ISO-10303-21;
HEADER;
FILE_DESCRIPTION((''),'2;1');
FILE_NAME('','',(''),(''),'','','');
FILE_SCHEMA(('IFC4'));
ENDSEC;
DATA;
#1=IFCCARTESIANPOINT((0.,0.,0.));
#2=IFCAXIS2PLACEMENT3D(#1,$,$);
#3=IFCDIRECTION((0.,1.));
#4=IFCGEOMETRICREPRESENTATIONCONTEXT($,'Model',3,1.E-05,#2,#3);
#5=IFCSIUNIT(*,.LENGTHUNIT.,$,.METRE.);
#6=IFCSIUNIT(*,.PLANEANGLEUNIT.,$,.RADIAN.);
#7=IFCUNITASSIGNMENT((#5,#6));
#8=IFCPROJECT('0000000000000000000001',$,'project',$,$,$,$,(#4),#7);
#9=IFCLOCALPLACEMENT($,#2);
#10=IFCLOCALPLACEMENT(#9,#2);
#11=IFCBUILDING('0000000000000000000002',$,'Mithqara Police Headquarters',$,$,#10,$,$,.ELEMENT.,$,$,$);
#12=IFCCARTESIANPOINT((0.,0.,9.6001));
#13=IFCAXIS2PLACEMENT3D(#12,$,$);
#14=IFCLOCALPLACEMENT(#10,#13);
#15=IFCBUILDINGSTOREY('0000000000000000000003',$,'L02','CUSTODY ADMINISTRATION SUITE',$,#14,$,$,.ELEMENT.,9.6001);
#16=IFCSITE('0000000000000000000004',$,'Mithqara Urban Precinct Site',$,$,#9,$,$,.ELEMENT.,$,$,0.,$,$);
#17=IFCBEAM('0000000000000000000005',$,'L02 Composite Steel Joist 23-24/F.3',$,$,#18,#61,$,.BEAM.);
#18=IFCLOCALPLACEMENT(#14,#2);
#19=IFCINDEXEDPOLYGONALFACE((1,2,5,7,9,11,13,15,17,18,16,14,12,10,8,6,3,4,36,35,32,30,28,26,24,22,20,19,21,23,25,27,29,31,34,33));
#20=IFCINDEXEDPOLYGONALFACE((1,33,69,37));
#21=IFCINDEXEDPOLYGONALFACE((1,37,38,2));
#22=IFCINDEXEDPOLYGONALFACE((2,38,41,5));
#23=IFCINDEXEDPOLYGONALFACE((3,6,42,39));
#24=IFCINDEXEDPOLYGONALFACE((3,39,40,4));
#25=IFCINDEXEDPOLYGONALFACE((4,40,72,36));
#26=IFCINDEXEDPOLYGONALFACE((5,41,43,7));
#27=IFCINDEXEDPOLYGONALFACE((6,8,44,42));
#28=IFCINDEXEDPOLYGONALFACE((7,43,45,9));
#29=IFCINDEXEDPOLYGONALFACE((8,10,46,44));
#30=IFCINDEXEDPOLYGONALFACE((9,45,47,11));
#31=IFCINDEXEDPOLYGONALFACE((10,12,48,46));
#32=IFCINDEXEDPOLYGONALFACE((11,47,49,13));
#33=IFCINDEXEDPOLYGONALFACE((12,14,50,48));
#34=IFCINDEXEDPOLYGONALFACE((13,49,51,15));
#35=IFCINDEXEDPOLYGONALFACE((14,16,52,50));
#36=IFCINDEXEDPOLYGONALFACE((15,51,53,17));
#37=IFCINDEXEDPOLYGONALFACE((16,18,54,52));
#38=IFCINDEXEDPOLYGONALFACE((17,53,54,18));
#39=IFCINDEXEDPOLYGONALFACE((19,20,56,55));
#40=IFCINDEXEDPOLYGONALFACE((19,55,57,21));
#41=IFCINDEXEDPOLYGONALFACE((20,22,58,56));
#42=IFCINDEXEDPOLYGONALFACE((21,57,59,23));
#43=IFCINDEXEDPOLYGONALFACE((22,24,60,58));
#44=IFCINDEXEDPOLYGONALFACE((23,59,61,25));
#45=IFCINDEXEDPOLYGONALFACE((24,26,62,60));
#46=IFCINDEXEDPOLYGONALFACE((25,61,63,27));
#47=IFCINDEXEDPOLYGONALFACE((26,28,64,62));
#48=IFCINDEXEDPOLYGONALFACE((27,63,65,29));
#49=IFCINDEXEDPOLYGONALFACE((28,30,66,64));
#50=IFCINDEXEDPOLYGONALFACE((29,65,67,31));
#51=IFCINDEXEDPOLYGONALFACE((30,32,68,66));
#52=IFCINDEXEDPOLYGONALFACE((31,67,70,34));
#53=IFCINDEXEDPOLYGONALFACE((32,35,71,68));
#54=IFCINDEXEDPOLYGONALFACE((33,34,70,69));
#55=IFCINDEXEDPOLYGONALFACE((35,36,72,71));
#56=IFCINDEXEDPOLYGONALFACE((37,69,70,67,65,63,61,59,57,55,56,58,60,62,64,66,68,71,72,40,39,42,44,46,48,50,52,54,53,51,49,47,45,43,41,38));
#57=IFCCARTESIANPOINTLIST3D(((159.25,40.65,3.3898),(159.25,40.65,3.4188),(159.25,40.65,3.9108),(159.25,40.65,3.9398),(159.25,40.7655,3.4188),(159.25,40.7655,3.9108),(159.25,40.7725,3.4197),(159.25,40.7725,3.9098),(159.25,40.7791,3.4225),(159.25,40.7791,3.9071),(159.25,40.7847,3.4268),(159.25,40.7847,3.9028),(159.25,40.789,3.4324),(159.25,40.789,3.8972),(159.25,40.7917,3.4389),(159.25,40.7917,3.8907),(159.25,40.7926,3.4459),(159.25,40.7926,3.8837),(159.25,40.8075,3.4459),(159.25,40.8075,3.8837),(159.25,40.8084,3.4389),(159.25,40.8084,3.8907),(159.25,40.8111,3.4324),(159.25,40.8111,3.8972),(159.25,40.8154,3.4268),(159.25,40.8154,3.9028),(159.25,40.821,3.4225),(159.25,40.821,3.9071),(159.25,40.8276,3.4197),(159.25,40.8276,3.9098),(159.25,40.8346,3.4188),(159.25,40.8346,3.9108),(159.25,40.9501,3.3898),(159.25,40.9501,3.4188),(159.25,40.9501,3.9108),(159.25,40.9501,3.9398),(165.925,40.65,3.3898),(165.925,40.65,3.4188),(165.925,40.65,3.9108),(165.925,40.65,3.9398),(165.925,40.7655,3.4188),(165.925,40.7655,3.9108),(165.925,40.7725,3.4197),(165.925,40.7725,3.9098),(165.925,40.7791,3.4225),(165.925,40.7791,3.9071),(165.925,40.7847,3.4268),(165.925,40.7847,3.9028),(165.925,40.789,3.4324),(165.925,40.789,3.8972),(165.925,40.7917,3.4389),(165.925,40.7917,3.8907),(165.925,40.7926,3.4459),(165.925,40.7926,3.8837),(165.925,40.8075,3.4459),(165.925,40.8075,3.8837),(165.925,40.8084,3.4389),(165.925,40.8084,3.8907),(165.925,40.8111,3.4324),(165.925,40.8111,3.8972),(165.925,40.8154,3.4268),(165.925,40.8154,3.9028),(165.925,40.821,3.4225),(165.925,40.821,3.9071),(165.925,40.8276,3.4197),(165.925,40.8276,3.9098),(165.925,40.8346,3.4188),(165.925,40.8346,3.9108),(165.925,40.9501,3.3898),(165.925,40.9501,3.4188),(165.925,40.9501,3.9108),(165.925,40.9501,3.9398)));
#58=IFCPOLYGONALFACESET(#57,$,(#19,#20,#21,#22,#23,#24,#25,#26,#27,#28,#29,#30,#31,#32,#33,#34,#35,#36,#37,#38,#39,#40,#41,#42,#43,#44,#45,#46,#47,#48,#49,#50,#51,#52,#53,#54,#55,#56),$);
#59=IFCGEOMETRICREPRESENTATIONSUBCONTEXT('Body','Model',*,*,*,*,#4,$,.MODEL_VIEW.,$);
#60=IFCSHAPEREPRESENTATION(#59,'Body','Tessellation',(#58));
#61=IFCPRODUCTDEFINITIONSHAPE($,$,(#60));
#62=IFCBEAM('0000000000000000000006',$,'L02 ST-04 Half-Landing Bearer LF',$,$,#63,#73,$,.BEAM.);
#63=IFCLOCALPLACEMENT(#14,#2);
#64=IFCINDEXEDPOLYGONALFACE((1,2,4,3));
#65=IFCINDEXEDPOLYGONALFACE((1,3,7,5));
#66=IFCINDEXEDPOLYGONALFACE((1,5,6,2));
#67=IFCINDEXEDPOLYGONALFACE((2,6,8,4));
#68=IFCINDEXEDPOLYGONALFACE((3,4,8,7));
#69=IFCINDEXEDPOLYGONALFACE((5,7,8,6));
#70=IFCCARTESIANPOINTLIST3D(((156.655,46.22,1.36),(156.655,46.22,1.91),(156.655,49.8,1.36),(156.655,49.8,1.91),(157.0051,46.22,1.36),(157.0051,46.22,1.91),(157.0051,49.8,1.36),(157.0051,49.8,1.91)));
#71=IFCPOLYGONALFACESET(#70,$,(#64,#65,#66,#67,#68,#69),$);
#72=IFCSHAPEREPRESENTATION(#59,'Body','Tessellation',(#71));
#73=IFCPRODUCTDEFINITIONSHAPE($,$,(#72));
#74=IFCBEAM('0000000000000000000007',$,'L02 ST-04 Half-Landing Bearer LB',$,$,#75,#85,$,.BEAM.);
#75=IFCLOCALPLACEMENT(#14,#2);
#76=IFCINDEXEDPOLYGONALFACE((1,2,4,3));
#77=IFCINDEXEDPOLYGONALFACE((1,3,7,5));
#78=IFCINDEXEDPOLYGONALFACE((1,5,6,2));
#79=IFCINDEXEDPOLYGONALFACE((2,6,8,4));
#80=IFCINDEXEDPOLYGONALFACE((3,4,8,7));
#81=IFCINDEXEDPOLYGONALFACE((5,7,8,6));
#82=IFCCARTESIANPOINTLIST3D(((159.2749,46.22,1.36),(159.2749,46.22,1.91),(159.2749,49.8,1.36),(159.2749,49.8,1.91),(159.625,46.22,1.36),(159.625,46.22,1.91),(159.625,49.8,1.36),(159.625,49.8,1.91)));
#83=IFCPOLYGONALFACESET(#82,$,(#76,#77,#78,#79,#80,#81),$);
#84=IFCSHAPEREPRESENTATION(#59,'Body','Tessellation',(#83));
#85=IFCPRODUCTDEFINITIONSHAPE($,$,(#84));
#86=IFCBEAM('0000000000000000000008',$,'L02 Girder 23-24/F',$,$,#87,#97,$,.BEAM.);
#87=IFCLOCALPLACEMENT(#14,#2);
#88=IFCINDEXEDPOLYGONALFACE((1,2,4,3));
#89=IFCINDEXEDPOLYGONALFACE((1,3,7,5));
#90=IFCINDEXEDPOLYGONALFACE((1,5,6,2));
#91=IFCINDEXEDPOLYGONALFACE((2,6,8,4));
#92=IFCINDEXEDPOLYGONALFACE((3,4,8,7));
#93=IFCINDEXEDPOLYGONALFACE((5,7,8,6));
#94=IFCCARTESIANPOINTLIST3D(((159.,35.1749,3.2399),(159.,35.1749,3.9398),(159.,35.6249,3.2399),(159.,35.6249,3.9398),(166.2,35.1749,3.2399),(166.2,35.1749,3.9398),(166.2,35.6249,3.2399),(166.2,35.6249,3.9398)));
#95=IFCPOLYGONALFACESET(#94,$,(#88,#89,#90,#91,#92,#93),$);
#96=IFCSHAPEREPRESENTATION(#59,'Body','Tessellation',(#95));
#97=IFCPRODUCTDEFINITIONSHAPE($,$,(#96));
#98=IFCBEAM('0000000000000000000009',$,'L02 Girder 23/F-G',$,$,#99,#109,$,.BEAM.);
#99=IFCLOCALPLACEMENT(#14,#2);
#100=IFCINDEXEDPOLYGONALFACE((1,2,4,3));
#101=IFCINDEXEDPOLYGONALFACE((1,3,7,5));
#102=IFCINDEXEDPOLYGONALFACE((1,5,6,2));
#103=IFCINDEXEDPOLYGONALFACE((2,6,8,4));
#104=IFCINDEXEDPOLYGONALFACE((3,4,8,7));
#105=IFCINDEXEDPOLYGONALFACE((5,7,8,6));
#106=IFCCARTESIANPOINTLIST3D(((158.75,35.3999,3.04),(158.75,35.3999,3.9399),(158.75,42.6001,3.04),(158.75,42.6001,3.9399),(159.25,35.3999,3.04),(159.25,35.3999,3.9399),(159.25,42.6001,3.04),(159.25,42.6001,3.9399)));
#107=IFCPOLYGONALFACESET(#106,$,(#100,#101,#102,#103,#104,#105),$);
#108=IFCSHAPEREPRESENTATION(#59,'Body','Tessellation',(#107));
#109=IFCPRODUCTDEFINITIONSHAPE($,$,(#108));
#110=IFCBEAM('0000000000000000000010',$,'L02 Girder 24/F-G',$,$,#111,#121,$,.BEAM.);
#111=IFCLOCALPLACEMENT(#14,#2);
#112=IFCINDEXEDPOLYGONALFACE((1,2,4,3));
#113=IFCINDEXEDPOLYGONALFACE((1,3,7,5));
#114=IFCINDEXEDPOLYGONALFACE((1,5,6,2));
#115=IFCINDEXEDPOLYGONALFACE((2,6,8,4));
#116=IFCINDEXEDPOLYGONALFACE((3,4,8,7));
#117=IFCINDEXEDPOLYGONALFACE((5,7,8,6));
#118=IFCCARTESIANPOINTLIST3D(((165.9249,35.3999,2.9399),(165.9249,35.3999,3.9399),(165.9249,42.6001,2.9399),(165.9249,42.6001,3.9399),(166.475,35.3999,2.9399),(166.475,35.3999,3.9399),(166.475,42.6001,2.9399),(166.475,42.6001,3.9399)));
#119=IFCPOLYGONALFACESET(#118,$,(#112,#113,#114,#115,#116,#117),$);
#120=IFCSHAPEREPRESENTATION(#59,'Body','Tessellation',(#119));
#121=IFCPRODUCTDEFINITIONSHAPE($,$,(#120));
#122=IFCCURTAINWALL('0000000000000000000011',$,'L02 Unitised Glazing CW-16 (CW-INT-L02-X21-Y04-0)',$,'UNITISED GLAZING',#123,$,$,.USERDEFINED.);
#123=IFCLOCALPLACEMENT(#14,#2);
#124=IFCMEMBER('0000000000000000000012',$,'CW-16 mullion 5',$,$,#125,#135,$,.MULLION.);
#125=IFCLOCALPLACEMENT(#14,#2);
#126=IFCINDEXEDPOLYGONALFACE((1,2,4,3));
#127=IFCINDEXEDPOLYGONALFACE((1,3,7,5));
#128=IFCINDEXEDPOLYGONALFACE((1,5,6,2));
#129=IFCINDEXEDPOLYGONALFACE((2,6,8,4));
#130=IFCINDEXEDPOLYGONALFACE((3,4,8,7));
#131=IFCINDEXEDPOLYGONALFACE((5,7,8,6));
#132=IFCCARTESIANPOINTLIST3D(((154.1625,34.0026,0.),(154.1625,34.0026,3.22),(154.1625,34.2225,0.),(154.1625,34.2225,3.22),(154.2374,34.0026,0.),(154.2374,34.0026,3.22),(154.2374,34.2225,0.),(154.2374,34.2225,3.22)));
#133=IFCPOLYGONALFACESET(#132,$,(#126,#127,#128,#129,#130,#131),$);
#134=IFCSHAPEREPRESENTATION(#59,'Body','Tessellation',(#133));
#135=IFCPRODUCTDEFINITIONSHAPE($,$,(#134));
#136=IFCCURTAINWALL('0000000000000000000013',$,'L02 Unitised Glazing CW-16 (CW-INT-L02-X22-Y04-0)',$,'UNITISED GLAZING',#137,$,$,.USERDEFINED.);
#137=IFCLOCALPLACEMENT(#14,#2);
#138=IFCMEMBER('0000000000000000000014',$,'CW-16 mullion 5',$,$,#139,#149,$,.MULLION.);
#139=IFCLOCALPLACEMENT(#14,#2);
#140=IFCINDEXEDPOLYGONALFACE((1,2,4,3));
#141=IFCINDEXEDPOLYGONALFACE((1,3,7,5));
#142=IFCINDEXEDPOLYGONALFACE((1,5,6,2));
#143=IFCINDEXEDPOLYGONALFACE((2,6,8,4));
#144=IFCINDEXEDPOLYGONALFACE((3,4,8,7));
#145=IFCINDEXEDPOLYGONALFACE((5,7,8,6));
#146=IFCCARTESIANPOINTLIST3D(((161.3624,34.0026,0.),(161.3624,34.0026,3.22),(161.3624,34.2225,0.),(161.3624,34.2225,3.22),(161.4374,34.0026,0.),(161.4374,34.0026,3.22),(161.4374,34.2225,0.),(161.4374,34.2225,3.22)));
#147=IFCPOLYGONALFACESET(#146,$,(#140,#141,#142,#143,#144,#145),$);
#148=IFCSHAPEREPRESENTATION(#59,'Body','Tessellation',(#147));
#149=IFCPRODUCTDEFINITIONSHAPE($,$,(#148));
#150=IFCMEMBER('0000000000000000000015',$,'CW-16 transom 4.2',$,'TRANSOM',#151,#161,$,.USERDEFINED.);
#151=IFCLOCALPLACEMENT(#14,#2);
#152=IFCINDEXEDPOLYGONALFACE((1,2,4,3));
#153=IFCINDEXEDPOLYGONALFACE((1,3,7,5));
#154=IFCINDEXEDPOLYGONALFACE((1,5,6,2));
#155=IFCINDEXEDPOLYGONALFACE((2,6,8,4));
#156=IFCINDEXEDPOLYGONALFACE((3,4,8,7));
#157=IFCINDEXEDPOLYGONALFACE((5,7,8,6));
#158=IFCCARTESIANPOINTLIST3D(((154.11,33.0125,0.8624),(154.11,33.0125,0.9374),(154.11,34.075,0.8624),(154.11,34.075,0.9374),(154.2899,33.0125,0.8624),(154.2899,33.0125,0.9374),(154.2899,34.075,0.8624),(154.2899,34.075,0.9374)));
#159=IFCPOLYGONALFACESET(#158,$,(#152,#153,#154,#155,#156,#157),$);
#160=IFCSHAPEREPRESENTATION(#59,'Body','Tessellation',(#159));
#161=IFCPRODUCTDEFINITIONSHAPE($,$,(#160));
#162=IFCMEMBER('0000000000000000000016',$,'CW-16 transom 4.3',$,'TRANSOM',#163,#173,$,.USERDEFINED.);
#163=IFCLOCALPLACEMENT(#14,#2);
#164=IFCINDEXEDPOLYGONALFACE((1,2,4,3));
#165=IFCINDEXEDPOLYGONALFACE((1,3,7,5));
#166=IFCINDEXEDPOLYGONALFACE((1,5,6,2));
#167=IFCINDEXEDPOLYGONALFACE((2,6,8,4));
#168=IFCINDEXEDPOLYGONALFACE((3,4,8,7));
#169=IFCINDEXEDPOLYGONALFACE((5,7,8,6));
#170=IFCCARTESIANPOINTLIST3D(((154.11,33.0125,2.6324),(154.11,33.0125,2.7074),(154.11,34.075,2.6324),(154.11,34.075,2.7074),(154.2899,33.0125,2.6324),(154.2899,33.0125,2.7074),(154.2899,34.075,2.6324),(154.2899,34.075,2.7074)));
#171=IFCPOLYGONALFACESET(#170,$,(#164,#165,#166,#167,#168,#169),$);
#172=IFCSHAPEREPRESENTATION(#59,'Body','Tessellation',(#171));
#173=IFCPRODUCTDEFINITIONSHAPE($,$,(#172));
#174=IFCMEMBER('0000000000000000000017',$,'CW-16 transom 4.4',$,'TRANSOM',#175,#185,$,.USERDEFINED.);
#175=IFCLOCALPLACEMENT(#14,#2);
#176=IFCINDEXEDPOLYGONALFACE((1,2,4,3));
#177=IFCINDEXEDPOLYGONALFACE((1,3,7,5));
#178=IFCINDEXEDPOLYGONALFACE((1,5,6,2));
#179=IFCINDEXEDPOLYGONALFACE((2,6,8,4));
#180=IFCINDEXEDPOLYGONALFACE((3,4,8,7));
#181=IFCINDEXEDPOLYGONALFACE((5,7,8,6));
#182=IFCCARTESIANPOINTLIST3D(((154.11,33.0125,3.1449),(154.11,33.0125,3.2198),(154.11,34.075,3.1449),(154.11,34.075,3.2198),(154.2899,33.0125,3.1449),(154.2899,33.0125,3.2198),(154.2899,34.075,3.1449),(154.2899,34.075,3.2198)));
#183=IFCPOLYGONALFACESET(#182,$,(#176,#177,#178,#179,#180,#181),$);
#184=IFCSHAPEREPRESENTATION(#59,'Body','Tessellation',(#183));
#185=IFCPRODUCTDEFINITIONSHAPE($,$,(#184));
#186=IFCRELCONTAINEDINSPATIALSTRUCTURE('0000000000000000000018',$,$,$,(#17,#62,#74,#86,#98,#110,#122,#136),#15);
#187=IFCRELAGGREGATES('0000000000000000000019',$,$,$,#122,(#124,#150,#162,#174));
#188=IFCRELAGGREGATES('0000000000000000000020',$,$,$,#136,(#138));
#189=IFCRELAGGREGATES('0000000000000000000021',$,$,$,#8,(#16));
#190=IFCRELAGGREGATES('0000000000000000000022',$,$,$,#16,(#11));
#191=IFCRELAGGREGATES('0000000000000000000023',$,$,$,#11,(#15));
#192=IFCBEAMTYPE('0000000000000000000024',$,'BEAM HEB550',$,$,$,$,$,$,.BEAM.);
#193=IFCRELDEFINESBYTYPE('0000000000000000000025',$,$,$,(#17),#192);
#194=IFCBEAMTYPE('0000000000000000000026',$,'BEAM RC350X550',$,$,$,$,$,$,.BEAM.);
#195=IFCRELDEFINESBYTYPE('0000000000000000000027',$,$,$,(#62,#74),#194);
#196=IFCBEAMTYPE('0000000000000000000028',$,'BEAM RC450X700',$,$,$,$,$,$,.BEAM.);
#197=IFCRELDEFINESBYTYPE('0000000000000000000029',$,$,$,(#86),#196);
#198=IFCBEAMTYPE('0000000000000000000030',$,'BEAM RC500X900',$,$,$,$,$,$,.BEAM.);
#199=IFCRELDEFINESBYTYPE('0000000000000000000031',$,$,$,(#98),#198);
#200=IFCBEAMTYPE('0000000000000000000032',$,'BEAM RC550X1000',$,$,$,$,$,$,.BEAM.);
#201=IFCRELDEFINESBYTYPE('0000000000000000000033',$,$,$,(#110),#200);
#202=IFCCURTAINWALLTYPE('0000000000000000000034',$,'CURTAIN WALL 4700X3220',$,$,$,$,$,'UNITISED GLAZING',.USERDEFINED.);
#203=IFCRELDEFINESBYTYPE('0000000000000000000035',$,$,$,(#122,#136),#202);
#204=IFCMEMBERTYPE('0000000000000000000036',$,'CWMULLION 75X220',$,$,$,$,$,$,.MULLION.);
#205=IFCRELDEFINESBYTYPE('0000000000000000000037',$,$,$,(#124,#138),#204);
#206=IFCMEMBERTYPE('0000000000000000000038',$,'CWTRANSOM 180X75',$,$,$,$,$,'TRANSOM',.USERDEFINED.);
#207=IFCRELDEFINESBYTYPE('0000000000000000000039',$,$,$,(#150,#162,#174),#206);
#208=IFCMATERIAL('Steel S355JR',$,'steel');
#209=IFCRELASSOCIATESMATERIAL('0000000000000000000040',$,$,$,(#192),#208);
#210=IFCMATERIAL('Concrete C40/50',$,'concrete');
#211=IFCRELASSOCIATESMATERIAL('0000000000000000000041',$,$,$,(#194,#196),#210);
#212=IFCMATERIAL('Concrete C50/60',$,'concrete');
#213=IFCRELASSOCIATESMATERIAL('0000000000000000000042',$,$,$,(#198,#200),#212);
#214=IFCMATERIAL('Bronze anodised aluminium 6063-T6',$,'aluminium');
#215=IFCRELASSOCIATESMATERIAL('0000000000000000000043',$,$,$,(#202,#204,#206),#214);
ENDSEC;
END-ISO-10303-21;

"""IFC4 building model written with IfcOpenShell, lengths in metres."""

from ifc_helpers import new_model, si_unit, direction, frame, origin, origin_2d, place, context, subcontext, project, spatial, rectangle, i_section, extrude, material, material_profile, profile_set, type_object, element, aggregate, save


model = new_model("IFC4")

# Units and contexts
model_context = context("Model", 3, precision=1e-05, world=origin(), true_north=direction((0.0, 1.0)))
body_context = subcontext(model_context, "Body", "Model", "MODEL_VIEW")
ifc_project = project(units=[si_unit("LENGTHUNIT", "METRE"), si_unit("PLANEANGLEUNIT", "RADIAN")], contexts=[model_context])

# Site, building, storey
site_placement = place(None, origin())
site = spatial("IfcSite", under=ifc_project, at=site_placement, Name="Mithqara Urban Precinct Site", CompositionType="ELEMENT", RefElevation=0.0)
building_placement = place(site_placement, origin())
building = spatial("IfcBuilding", under=site, at=building_placement, Name="Mithqara Police Headquarters", CompositionType="ELEMENT")
storey_placement = place(building_placement, frame((0.0, 0.0, 9.6001)))
storey = spatial("IfcBuildingStorey", under=building, at=storey_placement, Name="L02", Description="CUSTODY ADMINISTRATION SUITE", CompositionType="ELEMENT", Elevation=9.6001)

# Shared definitions
ifc_material_1 = material(Name="Concrete C50/60", Category="concrete")

# Beams
ifc_material_2 = material(Name="Steel S355JR", Category="steel")
ifc_material_profile_1 = material_profile(ifc_material_2, i_section(OverallWidth=0.3, OverallDepth=0.55, WebThickness=0.0149, FlangeThickness=0.0291, FilletRadius=0.0271, at=origin_2d()), Name="HEB 550")
ifc_profile_set_1 = profile_set([ifc_material_profile_1], Name="Steel S355JR")
beam_type_1 = type_object("IfcBeamType", Name="BEAM HEB550", PredefinedType="BEAM", material=ifc_profile_set_1)
for number, where, z_axis, x_axis, name in (
    (1, (159.25, 40.8, 3.6648), (1.0, 0.0, 0.0), (0.0, 1.0, 0.0), "L02 Composite Steel Joist 23-24/F.3"),
):
    element("IfcBeam", number, at=place(storey_placement, frame(where, z_axis=z_axis, x_axis=x_axis)), inside=storey, type_object=beam_type_1, Name=name, PredefinedType="BEAM", context=body_context, shape_type="SweptSolid", body=[
        extrude(i_section(OverallWidth=0.3, OverallDepth=0.55, WebThickness=0.0149, FlangeThickness=0.0291, FilletRadius=0.0271, at=origin_2d()), origin(), (0.0, 0.0, 1.0), 6.675),
    ])
ifc_material_3 = material(Name="Concrete C40/50", Category="concrete")
ifc_material_profile_2 = material_profile(ifc_material_3, rectangle(XDim=0.3501, YDim=0.55, at=origin_2d()), Name="RC 350x550")
ifc_profile_set_2 = profile_set([ifc_material_profile_2], Name="Concrete C40/50")
beam_type_2 = type_object("IfcBeamType", Name="BEAM RC350X550", PredefinedType="BEAM", material=ifc_profile_set_2)
for number, where, z_axis, x_axis, name in (
    (2, (156.8301, 46.22, 1.635), (0.0, 1.0, 0.0), (-1.0, 0.0, 0.0), "L02 ST-04 Half-Landing Bearer LF"),
    (3, (159.45, 46.22, 1.635), (0.0, 1.0, 0.0), (-1.0, 0.0, 0.0), "L02 ST-04 Half-Landing Bearer LB"),
):
    element("IfcBeam", number, at=place(storey_placement, frame(where, z_axis=z_axis, x_axis=x_axis)), inside=storey, type_object=beam_type_2, Name=name, PredefinedType="BEAM", context=body_context, shape_type="SweptSolid", body=[
        extrude(rectangle(XDim=0.3501, YDim=0.55, at=origin_2d()), origin(), (0.0, 0.0, 1.0), 3.5801),
    ])
ifc_material_profile_3 = material_profile(ifc_material_3, rectangle(XDim=0.45, YDim=0.7, at=origin_2d()), Name="RC 450x700")
ifc_profile_set_3 = profile_set([ifc_material_profile_3], Name="Concrete C40/50")
beam_type_3 = type_object("IfcBeamType", Name="BEAM RC450X700", PredefinedType="BEAM", material=ifc_profile_set_3)
beam_1_placement = place(storey_placement, frame((159.0, 35.3999, 3.5898), z_axis=(1.0, 0.0, 0.0), x_axis=(0.0, 1.0, 0.0)))
element("IfcBeam", 4, at=beam_1_placement, inside=storey, type_object=beam_type_3, Name="L02 Girder 23-24/F", PredefinedType="BEAM", context=body_context, shape_type="SweptSolid", body=[
    extrude(rectangle(XDim=0.45, YDim=0.7, at=origin_2d()), origin(), (0.0, 0.0, 1.0), 7.2),
])
ifc_material_profile_4 = material_profile(ifc_material_1, rectangle(XDim=0.5, YDim=0.8999, at=origin_2d()), Name="RC 500x900")
ifc_profile_set_4 = profile_set([ifc_material_profile_4], Name="Concrete C50/60")
beam_type_4 = type_object("IfcBeamType", Name="BEAM RC500X900", PredefinedType="BEAM", material=ifc_profile_set_4)
beam_2_placement = place(storey_placement, frame((159.0, 35.3999, 3.49), z_axis=(0.0, 1.0, 0.0), x_axis=(-1.0, 0.0, 0.0)))
element("IfcBeam", 5, at=beam_2_placement, inside=storey, type_object=beam_type_4, Name="L02 Girder 23/F-G", PredefinedType="BEAM", context=body_context, shape_type="SweptSolid", body=[
    extrude(rectangle(XDim=0.5, YDim=0.8999, at=origin_2d()), origin(), (0.0, 0.0, 1.0), 7.2002),
])
ifc_material_profile_5 = material_profile(ifc_material_1, rectangle(XDim=0.55, YDim=1.0, at=origin_2d()), Name="RC 550x1000")
ifc_profile_set_5 = profile_set([ifc_material_profile_5], Name="Concrete C50/60")
beam_type_5 = type_object("IfcBeamType", Name="BEAM RC550X1000", PredefinedType="BEAM", material=ifc_profile_set_5)
beam_3_placement = place(storey_placement, frame((166.2, 35.3999, 3.4399), z_axis=(0.0, 1.0, 0.0), x_axis=(-1.0, 0.0, 0.0)))
element("IfcBeam", 6, at=beam_3_placement, inside=storey, type_object=beam_type_5, Name="L02 Girder 24/F-G", PredefinedType="BEAM", context=body_context, shape_type="SweptSolid", body=[
    extrude(rectangle(XDim=0.55, YDim=1.0, at=origin_2d()), origin(), (0.0, 0.0, 1.0), 7.2002),
])

# Curtain walls, members
ifc_material_4 = material(Name="Bronze anodised aluminium 6063-T6", Category="aluminium")
curtain_wall_type = type_object("IfcCurtainWallType", Name="CURTAIN WALL 4700X3220", ElementType="UNITISED GLAZING", PredefinedType="USERDEFINED", material=ifc_material_4)
curtain_wall_1_placement = place(storey_placement, origin())
curtain_wall_1 = element("IfcCurtainWall", 7, at=curtain_wall_1_placement, inside=storey, type_object=curtain_wall_type, Name="L02 Unitised Glazing CW-16 (CW-INT-L02-X21-Y04-0)", ObjectType="UNITISED GLAZING", PredefinedType="USERDEFINED")
ifc_material_profile_6 = material_profile(ifc_material_4, rectangle(XDim=0.075, YDim=0.22, at=origin_2d()), Name="CWM 75x220")
ifc_profile_set_6 = profile_set([ifc_material_profile_6], Name="Bronze anodised aluminium 6063-T6")
member_type_1 = type_object("IfcMemberType", Name="CWMULLION 75X220", PredefinedType="MULLION", material=ifc_profile_set_6)
member_1_placement = place(storey_placement, frame((154.2, 34.1125, 0.0), z_axis=(0.0, 0.0, 1.0), x_axis=(-1.0, 0.0, 0.0)))
member_1 = element("IfcMember", 8, at=member_1_placement, type_object=member_type_1, Name="CW-16 mullion 5", PredefinedType="MULLION", context=body_context, shape_type="SweptSolid", body=[
    extrude(rectangle(XDim=0.075, YDim=0.22, at=origin_2d()), origin(), (0.0, 0.0, 1.0), 3.22),
])
curtain_wall_2_placement = place(storey_placement, origin())
curtain_wall_2 = element("IfcCurtainWall", 9, at=curtain_wall_2_placement, inside=storey, type_object=curtain_wall_type, Name="L02 Unitised Glazing CW-16 (CW-INT-L02-X22-Y04-0)", ObjectType="UNITISED GLAZING", PredefinedType="USERDEFINED")
member_2_placement = place(storey_placement, frame((161.3999, 34.1125, 0.0), z_axis=(0.0, 0.0, 1.0), x_axis=(-1.0, 0.0, 0.0)))
member_2 = element("IfcMember", 10, at=member_2_placement, type_object=member_type_1, Name="CW-16 mullion 5", PredefinedType="MULLION", context=body_context, shape_type="SweptSolid", body=[
    extrude(rectangle(XDim=0.075, YDim=0.22, at=origin_2d()), origin(), (0.0, 0.0, 1.0), 3.22),
])

# Members
ifc_material_profile_7 = material_profile(ifc_material_4, rectangle(XDim=0.1799, YDim=0.075, at=origin_2d()), Name="CWT 180x75")
ifc_profile_set_7 = profile_set([ifc_material_profile_7], Name="Bronze anodised aluminium 6063-T6")
member_type_2 = type_object("IfcMemberType", Name="CWTRANSOM 180X75", ElementType="TRANSOM", PredefinedType="USERDEFINED", material=ifc_profile_set_7)
member_3_placement = place(storey_placement, frame((154.2, 33.0125, 0.8999), z_axis=(0.0, 1.0, 0.0), x_axis=(-1.0, 0.0, 0.0)))
member_3 = element("IfcMember", 11, at=member_3_placement, type_object=member_type_2, Name="CW-16 transom 4.2", ObjectType="TRANSOM", PredefinedType="USERDEFINED", context=body_context, shape_type="SweptSolid", body=[
    extrude(rectangle(XDim=0.1799, YDim=0.075, at=origin_2d()), origin(), (0.0, 0.0, 1.0), 1.0625),
])
member_4_placement = place(storey_placement, frame((154.2, 33.0125, 2.6699), z_axis=(0.0, 1.0, 0.0), x_axis=(-1.0, 0.0, 0.0)))
member_4 = element("IfcMember", 12, at=member_4_placement, type_object=member_type_2, Name="CW-16 transom 4.3", ObjectType="TRANSOM", PredefinedType="USERDEFINED", context=body_context, shape_type="SweptSolid", body=[
    extrude(rectangle(XDim=0.1799, YDim=0.075, at=origin_2d()), origin(), (0.0, 0.0, 1.0), 1.0625),
])
member_5_placement = place(storey_placement, frame((154.2, 33.0125, 3.1824), z_axis=(0.0, 1.0, 0.0), x_axis=(-1.0, 0.0, 0.0)))
member_5 = element("IfcMember", 13, at=member_5_placement, type_object=member_type_2, Name="CW-16 transom 4.4", ObjectType="TRANSOM", PredefinedType="USERDEFINED", context=body_context, shape_type="SweptSolid", body=[
    extrude(rectangle(XDim=0.1799, YDim=0.075, at=origin_2d()), origin(), (0.0, 0.0, 1.0), 1.0625),
])

aggregate(curtain_wall_1, [member_1, member_3, member_4, member_5])
aggregate(curtain_wall_2, [member_2])

save(model, "model.ifc")
